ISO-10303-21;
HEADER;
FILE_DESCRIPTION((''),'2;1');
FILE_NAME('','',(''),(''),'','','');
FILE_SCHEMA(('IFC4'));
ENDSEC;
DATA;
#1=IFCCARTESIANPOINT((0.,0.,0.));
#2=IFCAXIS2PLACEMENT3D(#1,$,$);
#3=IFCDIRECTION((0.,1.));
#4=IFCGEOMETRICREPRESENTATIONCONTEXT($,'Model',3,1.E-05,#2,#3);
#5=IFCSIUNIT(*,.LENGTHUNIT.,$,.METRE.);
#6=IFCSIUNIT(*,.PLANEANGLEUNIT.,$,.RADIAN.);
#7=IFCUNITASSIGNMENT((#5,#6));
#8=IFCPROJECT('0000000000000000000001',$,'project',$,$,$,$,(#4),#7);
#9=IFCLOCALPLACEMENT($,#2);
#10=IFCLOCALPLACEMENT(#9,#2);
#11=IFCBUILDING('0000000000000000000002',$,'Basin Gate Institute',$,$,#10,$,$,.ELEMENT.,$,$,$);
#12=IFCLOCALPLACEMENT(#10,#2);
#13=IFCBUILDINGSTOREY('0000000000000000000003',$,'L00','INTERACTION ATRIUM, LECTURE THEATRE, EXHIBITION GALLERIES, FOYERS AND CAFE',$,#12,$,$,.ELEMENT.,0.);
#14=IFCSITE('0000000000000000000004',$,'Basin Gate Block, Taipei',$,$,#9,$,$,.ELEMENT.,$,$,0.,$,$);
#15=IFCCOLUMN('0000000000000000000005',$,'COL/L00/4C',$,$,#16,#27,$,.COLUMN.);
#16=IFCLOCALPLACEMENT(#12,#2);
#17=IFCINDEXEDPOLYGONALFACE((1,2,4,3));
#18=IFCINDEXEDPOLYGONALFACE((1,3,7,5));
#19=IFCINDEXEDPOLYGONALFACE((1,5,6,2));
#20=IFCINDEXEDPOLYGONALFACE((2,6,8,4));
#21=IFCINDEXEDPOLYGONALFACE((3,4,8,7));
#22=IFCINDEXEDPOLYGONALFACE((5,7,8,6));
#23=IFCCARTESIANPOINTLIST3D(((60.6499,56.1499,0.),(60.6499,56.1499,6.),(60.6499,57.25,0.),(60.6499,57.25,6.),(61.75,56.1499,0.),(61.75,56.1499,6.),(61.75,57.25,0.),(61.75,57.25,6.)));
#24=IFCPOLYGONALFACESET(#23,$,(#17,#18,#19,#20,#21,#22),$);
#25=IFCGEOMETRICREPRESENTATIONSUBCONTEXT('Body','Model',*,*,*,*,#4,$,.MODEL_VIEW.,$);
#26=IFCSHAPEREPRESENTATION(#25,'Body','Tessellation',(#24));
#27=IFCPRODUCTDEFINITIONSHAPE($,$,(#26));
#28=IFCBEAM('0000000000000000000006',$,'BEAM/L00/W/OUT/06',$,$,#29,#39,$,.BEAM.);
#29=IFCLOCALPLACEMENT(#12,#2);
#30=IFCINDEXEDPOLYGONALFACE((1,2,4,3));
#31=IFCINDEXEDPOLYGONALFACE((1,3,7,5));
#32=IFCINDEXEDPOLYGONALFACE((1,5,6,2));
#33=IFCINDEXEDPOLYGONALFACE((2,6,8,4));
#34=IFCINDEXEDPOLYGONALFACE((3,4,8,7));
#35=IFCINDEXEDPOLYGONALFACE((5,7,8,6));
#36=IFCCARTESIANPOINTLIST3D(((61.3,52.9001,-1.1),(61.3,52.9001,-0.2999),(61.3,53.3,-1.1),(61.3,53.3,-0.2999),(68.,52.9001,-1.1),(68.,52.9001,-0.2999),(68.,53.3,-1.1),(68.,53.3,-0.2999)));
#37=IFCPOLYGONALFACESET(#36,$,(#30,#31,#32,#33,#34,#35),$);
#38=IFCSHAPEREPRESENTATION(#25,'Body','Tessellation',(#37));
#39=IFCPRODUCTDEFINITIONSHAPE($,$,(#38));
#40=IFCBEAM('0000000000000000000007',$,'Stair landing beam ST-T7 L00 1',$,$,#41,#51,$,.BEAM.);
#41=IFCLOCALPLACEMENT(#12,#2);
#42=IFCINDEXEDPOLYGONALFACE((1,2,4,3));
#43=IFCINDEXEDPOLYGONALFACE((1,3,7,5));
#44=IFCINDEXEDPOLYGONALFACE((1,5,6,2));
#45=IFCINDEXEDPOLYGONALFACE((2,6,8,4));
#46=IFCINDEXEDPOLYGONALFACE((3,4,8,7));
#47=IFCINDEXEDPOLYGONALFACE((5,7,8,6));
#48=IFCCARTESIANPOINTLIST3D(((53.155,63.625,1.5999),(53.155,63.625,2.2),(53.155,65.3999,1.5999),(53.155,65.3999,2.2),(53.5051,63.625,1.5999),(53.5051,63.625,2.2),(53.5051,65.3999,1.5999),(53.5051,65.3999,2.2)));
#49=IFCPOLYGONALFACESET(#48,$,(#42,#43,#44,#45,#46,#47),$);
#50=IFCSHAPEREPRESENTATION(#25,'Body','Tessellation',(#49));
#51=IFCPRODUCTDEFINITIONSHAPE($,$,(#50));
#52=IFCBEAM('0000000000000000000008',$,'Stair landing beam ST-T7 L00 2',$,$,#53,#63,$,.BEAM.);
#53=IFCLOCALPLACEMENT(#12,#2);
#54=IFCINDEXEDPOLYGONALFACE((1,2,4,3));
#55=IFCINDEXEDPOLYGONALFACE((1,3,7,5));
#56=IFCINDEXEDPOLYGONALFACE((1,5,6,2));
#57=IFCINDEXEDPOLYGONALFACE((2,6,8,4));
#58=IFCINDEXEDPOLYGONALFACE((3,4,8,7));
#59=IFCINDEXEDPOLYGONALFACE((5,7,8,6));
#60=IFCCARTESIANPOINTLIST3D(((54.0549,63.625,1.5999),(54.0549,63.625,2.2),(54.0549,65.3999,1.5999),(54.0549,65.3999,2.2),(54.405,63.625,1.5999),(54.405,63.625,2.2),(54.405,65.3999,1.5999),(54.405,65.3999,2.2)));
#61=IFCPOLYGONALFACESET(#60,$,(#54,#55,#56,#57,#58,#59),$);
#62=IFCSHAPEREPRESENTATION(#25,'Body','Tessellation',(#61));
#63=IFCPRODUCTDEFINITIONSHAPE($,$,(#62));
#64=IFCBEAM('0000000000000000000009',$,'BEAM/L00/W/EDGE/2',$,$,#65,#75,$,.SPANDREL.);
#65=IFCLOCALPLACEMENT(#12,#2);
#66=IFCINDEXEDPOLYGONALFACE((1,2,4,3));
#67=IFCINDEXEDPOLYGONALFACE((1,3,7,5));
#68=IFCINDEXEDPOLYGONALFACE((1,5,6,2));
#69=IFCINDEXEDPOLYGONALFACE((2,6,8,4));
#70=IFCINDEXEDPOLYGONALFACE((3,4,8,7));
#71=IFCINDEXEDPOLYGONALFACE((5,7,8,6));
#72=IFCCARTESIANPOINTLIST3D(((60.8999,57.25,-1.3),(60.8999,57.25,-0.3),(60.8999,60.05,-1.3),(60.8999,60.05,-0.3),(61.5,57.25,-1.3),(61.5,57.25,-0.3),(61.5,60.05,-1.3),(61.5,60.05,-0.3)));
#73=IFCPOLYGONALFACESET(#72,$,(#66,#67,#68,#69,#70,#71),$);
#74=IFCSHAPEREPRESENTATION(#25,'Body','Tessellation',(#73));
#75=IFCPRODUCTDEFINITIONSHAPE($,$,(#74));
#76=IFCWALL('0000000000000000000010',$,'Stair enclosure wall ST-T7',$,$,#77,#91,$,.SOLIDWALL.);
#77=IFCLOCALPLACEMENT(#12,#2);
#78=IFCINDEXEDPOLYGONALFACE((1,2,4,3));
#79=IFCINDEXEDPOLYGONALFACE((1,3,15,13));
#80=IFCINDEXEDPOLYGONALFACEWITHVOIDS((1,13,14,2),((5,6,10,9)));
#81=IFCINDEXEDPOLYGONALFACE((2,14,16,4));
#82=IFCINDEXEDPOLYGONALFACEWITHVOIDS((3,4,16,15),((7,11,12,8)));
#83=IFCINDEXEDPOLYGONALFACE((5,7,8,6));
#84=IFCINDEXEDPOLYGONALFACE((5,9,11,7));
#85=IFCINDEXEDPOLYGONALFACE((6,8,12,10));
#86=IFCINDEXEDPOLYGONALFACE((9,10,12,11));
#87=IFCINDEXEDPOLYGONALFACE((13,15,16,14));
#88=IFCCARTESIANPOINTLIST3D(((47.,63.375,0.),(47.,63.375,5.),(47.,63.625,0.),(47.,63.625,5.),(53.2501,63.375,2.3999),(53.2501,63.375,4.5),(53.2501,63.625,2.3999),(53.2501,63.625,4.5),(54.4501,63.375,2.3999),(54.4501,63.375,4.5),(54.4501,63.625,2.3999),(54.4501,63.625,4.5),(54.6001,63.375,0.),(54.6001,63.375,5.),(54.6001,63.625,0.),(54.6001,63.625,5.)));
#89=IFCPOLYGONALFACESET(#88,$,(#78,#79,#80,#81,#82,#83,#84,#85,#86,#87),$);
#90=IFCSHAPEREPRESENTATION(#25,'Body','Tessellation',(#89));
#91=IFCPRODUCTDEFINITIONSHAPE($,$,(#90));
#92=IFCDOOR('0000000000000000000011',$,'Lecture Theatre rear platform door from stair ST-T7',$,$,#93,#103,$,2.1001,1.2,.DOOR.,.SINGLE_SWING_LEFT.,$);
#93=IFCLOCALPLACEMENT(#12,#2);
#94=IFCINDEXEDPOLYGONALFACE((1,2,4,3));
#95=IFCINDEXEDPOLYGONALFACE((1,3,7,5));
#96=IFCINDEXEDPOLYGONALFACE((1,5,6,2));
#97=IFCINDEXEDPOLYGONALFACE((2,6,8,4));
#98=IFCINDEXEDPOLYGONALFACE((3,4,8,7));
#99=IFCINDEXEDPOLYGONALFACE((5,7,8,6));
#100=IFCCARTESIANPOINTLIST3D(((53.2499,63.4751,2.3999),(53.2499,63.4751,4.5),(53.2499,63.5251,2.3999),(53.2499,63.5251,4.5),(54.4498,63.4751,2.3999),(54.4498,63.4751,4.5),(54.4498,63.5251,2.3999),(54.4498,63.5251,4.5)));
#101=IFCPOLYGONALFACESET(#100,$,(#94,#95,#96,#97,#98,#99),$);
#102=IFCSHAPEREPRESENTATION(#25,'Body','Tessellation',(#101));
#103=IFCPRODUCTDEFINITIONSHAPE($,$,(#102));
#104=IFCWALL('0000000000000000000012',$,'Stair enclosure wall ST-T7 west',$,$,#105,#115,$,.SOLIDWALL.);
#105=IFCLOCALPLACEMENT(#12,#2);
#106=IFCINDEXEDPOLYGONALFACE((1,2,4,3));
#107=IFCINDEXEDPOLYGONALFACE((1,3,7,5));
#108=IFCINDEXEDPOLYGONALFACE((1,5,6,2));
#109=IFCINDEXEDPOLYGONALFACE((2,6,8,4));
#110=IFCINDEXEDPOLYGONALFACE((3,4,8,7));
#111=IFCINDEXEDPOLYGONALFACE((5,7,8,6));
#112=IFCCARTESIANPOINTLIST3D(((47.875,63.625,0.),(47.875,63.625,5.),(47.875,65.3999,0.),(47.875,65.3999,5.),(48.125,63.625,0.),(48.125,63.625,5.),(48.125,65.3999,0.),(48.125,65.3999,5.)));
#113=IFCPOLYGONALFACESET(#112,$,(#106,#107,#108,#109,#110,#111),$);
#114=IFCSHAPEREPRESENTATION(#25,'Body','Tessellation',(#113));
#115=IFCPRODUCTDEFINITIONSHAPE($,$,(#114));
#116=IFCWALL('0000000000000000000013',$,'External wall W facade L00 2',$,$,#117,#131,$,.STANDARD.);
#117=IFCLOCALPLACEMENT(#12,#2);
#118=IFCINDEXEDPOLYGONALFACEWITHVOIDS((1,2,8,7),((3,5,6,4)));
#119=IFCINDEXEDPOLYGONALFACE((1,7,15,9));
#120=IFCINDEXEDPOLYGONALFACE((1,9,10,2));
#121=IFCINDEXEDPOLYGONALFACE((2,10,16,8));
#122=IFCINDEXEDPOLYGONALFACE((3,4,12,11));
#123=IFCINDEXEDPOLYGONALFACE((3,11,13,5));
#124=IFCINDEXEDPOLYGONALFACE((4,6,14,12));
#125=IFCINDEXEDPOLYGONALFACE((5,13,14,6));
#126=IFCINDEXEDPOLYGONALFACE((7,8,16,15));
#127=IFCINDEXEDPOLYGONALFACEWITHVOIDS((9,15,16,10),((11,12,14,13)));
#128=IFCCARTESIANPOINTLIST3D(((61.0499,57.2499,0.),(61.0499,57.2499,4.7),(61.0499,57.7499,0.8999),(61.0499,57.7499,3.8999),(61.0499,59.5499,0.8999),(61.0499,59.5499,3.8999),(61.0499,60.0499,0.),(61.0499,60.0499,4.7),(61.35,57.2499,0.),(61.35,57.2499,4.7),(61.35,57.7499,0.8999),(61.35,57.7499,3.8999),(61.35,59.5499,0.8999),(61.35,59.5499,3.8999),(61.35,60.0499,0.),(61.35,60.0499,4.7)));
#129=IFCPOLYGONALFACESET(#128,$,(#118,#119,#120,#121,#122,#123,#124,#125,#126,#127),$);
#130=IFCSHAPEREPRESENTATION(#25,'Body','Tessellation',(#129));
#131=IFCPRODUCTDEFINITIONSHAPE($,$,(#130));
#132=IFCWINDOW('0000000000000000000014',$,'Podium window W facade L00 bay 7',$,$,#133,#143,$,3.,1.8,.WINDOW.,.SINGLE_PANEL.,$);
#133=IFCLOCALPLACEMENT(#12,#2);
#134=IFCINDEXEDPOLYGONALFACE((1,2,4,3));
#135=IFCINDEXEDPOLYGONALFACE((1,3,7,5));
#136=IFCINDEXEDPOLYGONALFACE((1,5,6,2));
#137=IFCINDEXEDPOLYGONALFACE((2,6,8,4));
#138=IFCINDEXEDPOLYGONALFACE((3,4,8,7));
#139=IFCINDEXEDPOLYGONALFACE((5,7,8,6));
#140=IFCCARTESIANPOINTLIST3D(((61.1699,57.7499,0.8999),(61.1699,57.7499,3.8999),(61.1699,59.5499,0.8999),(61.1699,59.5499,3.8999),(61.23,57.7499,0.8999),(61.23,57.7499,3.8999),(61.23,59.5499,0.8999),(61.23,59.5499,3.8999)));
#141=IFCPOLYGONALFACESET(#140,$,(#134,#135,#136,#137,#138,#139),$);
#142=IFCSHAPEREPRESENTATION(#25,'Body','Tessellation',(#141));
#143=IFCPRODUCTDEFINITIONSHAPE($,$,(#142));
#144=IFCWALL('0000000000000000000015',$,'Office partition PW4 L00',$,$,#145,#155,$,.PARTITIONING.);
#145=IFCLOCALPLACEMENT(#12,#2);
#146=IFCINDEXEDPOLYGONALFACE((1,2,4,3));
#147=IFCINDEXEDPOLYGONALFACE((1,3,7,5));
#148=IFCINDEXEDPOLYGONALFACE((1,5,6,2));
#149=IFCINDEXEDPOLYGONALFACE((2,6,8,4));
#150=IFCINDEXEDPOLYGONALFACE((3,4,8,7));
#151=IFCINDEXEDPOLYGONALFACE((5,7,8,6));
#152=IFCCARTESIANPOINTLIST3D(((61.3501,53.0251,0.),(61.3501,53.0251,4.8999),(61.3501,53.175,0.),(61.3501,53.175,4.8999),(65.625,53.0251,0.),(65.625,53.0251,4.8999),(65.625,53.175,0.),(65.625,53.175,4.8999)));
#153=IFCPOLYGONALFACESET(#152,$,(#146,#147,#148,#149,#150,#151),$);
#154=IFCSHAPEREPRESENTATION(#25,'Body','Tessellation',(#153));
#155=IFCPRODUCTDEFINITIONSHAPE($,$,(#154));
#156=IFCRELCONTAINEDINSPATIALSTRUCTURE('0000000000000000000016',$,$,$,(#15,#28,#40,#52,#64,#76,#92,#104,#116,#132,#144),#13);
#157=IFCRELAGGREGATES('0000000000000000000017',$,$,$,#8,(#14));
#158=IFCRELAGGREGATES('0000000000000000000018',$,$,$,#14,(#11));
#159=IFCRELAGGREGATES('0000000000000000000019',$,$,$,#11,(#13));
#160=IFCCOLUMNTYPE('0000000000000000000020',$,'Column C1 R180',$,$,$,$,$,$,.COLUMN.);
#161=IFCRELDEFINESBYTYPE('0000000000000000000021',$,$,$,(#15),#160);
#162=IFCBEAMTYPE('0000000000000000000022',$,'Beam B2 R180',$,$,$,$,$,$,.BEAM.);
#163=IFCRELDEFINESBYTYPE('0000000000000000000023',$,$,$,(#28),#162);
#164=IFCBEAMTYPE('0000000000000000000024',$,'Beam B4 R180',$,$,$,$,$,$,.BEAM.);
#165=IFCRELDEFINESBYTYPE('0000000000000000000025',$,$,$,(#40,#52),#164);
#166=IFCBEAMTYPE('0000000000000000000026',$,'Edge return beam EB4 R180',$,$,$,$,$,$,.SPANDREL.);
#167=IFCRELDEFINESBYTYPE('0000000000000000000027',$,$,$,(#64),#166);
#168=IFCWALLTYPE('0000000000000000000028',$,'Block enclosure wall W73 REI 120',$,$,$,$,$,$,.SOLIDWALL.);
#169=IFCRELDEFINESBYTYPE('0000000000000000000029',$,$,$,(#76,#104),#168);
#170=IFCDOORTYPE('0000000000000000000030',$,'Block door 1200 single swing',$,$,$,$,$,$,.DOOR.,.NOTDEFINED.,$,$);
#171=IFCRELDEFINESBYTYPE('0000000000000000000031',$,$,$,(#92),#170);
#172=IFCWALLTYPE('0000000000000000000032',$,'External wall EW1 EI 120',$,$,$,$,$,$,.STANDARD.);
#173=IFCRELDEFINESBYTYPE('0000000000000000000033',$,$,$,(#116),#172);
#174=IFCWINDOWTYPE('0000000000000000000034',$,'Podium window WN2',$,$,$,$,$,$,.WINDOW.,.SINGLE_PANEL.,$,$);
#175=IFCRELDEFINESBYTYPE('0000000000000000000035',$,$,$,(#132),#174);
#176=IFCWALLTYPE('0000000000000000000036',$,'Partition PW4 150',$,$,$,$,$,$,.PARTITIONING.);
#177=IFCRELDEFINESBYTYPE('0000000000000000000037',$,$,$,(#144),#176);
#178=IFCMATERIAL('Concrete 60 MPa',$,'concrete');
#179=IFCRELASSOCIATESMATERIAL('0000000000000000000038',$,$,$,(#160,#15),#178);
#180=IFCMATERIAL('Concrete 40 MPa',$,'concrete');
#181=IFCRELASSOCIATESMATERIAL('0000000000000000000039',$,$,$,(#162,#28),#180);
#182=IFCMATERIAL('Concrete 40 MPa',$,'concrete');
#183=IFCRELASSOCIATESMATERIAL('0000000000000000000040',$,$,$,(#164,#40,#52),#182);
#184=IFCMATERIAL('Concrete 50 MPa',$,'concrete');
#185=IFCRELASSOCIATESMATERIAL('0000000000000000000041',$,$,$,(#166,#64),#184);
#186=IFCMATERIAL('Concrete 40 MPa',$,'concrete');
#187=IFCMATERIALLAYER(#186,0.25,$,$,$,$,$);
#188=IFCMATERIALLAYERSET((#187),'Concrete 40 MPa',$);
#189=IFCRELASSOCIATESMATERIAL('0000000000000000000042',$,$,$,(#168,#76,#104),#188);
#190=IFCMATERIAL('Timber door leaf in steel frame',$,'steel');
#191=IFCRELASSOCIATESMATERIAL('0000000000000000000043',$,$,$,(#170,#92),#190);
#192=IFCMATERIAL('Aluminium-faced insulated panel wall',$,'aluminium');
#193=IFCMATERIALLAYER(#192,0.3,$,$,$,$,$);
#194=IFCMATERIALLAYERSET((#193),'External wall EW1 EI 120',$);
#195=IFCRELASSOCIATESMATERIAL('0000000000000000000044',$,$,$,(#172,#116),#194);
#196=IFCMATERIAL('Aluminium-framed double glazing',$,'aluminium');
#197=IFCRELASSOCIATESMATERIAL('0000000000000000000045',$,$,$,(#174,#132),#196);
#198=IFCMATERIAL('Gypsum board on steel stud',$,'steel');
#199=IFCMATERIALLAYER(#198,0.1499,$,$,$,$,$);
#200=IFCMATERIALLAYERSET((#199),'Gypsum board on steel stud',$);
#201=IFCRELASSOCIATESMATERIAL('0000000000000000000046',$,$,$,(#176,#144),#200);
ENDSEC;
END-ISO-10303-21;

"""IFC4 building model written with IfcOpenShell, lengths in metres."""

from ifc_helpers import new_model, si_unit, direction, frame, frame_2d, origin, origin_2d, place, context, subcontext, project, spatial, rectangle, extrude, material, layer, layer_set, material_profile, profile_set, type_object, element, fill, save


model = new_model("IFC4")

# Units and contexts
model_context = context("Model", 3, precision=1e-05, world=origin(), true_north=direction((0.0, 1.0)))
body_context = subcontext(model_context, "Body", "Model", "MODEL_VIEW")
ifc_project = project(units=[si_unit("LENGTHUNIT", "METRE"), si_unit("PLANEANGLEUNIT", "RADIAN")], contexts=[model_context])

# Site, building, storey
site_placement = place(None, origin())
site = spatial("IfcSite", under=ifc_project, at=site_placement, Name="Basin Gate Block, Taipei", CompositionType="ELEMENT", RefElevation=0.0)
building_placement = place(site_placement, origin())
building = spatial("IfcBuilding", under=site, at=building_placement, Name="Basin Gate Institute", CompositionType="ELEMENT")
storey_placement = place(building_placement, origin())
storey = spatial("IfcBuildingStorey", under=building, at=storey_placement, Name="L00", Description="INTERACTION ATRIUM, LECTURE THEATRE, EXHIBITION GALLERIES, FOYERS AND CAFE", CompositionType="ELEMENT", Elevation=0.0)

# Column
ifc_material_1 = material(Name="Concrete 60 MPa", Category="concrete")
ifc_material_profile_1 = material_profile(ifc_material_1, rectangle(XDim=1.1001, YDim=1.1001, at=origin_2d()), Name="Column C1 1100 x 1100")
ifc_profile_set_1 = profile_set([ifc_material_profile_1], Name="Concrete 60 MPa")
column_type = type_object("IfcColumnType", Name="Column C1 R180", PredefinedType="COLUMN", material=ifc_profile_set_1)
column_placement = place(storey_placement, frame((61.2, 56.7, 0.0), z_axis=(0.0, 0.0, 1.0), x_axis=(1.0, 0.0, 0.0)))
element("IfcColumn", 1, at=column_placement, inside=storey, type_object=column_type, material=ifc_profile_set_1, Name="COL/L00/4C", PredefinedType="COLUMN", context=body_context, shape_type="SweptSolid", body=[
    extrude(rectangle(XDim=1.1001, YDim=1.1001, at=origin_2d()), origin(), (0.0, 0.0, 1.0), 6.0),
])

# Beams
ifc_material_2 = material(Name="Concrete 40 MPa", Category="concrete")
ifc_material_profile_2 = material_profile(ifc_material_2, rectangle(XDim=0.3999, YDim=0.8, at=origin_2d()), Name="Beam B2 400 x 800")
ifc_profile_set_2 = profile_set([ifc_material_profile_2], Name="Concrete 40 MPa")
beam_type_1 = type_object("IfcBeamType", Name="Beam B2 R180", PredefinedType="BEAM", material=ifc_profile_set_2)
beam_1_placement = place(storey_placement, frame((61.3, 53.1001, -0.7), z_axis=(1.0, 0.0, 0.0), x_axis=(0.0, 1.0, 0.0)))
element("IfcBeam", 2, at=beam_1_placement, inside=storey, type_object=beam_type_1, material=ifc_profile_set_2, Name="BEAM/L00/W/OUT/06", PredefinedType="BEAM", context=body_context, shape_type="SweptSolid", body=[
    extrude(rectangle(XDim=0.3999, YDim=0.8, at=origin_2d()), origin(), (0.0, 0.0, 1.0), 6.7),
])
ifc_material_3 = material(Name="Concrete 40 MPa", Category="concrete")
ifc_material_profile_3 = material_profile(ifc_material_3, rectangle(XDim=0.3501, YDim=0.6001, at=origin_2d()), Name="Beam B4 350 x 600")
ifc_profile_set_3 = profile_set([ifc_material_profile_3], Name="Concrete 40 MPa")
beam_type_2 = type_object("IfcBeamType", Name="Beam B4 R180", PredefinedType="BEAM", material=ifc_profile_set_3)
for number, where, z_axis, x_axis, name in (
    (3, (53.3301, 63.625, 1.8999), (0.0, 1.0, 0.0), (-1.0, 0.0, 0.0), "Stair landing beam ST-T7 L00 1"),
    (4, (54.23, 63.625, 1.8999), (0.0, 1.0, 0.0), (-1.0, 0.0, 0.0), "Stair landing beam ST-T7 L00 2"),
):
    element("IfcBeam", number, at=place(storey_placement, frame(where, z_axis=z_axis, x_axis=x_axis)), inside=storey, type_object=beam_type_2, material=ifc_profile_set_3, Name=name, PredefinedType="BEAM", context=body_context, shape_type="SweptSolid", body=[
        extrude(rectangle(XDim=0.3501, YDim=0.6001, at=origin_2d()), origin(), (0.0, 0.0, 1.0), 1.7749),
    ])
ifc_material_4 = material(Name="Concrete 50 MPa", Category="concrete")
ifc_material_profile_4 = material_profile(ifc_material_4, rectangle(XDim=0.6001, YDim=1.0, at=origin_2d()), Name="Edge return beam EB4 600 x 1000")
ifc_profile_set_4 = profile_set([ifc_material_profile_4], Name="Concrete 50 MPa")
beam_type_3 = type_object("IfcBeamType", Name="Edge return beam EB4 R180", PredefinedType="SPANDREL", material=ifc_profile_set_4)
beam_2_placement = place(storey_placement, frame((61.2, 57.25, -0.8), z_axis=(0.0, 1.0, 0.0), x_axis=(-1.0, 0.0, 0.0)))
element("IfcBeam", 5, at=beam_2_placement, inside=storey, type_object=beam_type_3, material=ifc_profile_set_4, Name="BEAM/L00/W/EDGE/2", PredefinedType="SPANDREL", context=body_context, shape_type="SweptSolid", body=[
    extrude(rectangle(XDim=0.6001, YDim=1.0, at=origin_2d()), origin(), (0.0, 0.0, 1.0), 2.8),
])

# Wall, opening, door
ifc_material_5 = material(Name="Concrete 40 MPa", Category="concrete")
ifc_layer_1 = layer(ifc_material_5, 0.25)
ifc_layer_set_1 = layer_set([ifc_layer_1], Name="Concrete 40 MPa")
wall_type_1 = type_object("IfcWallType", Name="Block enclosure wall W73 REI 120", PredefinedType="SOLIDWALL", material=ifc_layer_set_1)
wall_1_placement = place(storey_placement, frame((47.0, 63.5, 0.0), z_axis=(0.0, 0.0, 1.0), x_axis=(1.0, 0.0, 0.0)))
wall_1 = element("IfcWall", 6, at=wall_1_placement, inside=storey, type_object=wall_type_1, material=ifc_layer_set_1, Name="Stair enclosure wall ST-T7", PredefinedType="SOLIDWALL", context=body_context, shape_type="SweptSolid", body=[
    extrude(rectangle(XDim=7.6001, YDim=0.25, at=frame_2d((3.8, 0.0))), origin(), (0.0, 0.0, 1.0), 5.0),
])
opening_1_placement = place(wall_1_placement, frame((6.25, 0.0, 2.3999)))
opening_1 = element("IfcOpeningElement", 7, at=opening_1_placement, cuts=wall_1, PredefinedType="OPENING", context=body_context, shape_type="SweptSolid", body=[
    extrude(rectangle(XDim=1.2, YDim=2.1001, at=frame_2d((0.6001, 1.05))), frame((0.0, 0.135, 0.0), z_axis=(0.0, -1.0, 0.0), x_axis=(1.0, 0.0, 0.0)), (0.0, 0.0, 1.0), 0.27),
])
ifc_material_6 = material(Name="Timber door leaf in steel frame", Category="steel")
door_type_1 = type_object("IfcDoorType", Name="Block door 1200 single swing", OperationType="NOTDEFINED", PredefinedType="DOOR", material=ifc_material_6)
door_1_placement = place(opening_1_placement, frame((1.2, 0.0, 0.0), z_axis=(0.0, 0.0, 1.0), x_axis=(-1.0, 0.0, 0.0)))
door_1 = element("IfcDoor", 8, at=door_1_placement, inside=storey, type_object=door_type_1, material=ifc_material_6, Name="Lecture Theatre rear platform door from stair ST-T7", OperationType="SINGLE_SWING_LEFT", OverallHeight=2.1001, OverallWidth=1.2, PredefinedType="DOOR", context=body_context, shape_type="SweptSolid", body=[
    extrude(rectangle(XDim=1.2, YDim=2.1001, at=frame_2d((0.6001, 1.05))), frame((0.0, 0.0249, 0.0), z_axis=(0.0, -1.0, 0.0), x_axis=(1.0, 0.0, 0.0)), (0.0, 0.0, 1.0), 0.05),
])
fill(opening_1, door_1)

# Wall
wall_2_placement = place(storey_placement, frame((48.0, 63.625, 0.0), z_axis=(0.0, 0.0, 1.0), x_axis=(0.0, 1.0, 0.0)))
element("IfcWall", 9, at=wall_2_placement, inside=storey, type_object=wall_type_1, material=ifc_layer_set_1, Name="Stair enclosure wall ST-T7 west", PredefinedType="SOLIDWALL", context=body_context, shape_type="SweptSolid", body=[
    extrude(rectangle(XDim=1.7749, YDim=0.25, at=frame_2d((0.8875, 0.0))), origin(), (0.0, 0.0, 1.0), 5.0),
])

# Wall, opening, window
ifc_material_7 = material(Name="Aluminium-faced insulated panel wall", Category="aluminium")
ifc_layer_2 = layer(ifc_material_7, 0.3)
ifc_layer_set_2 = layer_set([ifc_layer_2], Name="External wall EW1 EI 120")
wall_type_2 = type_object("IfcWallType", Name="External wall EW1 EI 120", PredefinedType="STANDARD", material=ifc_layer_set_2)
wall_3_placement = place(storey_placement, frame((61.2, 57.25, 0.0), z_axis=(0.0, 0.0, 1.0), x_axis=(0.0, 1.0, 0.0)))
wall_3 = element("IfcWall", 10, at=wall_3_placement, inside=storey, type_object=wall_type_2, material=ifc_layer_set_2, Name="External wall W facade L00 2", PredefinedType="STANDARD", context=body_context, shape_type="SweptSolid", body=[
    extrude(rectangle(XDim=2.8, YDim=0.3, at=frame_2d((1.3999, 0.0))), origin(), (0.0, 0.0, 1.0), 4.7),
])
opening_2_placement = place(wall_3_placement, frame((0.5, 0.0, 0.8999)))
opening_2 = element("IfcOpeningElement", 11, at=opening_2_placement, cuts=wall_3, PredefinedType="OPENING", context=body_context, shape_type="SweptSolid", body=[
    extrude(rectangle(XDim=1.8, YDim=3.0, at=frame_2d((0.8999, 1.5))), frame((0.0, 0.1602, 0.0), z_axis=(0.0, -1.0, 0.0), x_axis=(1.0, 0.0, 0.0)), (0.0, 0.0, 1.0), 0.3201),
])
ifc_material_8 = material(Name="Aluminium-framed double glazing", Category="aluminium")
window_type_1 = type_object("IfcWindowType", Name="Podium window WN2", PartitioningType="SINGLE_PANEL", PredefinedType="WINDOW", material=ifc_material_8)
window_1_placement = place(opening_2_placement, origin())
window_1 = element("IfcWindow", 12, at=window_1_placement, inside=storey, type_object=window_type_1, material=ifc_material_8, Name="Podium window W facade L00 bay 7", OverallHeight=3.0, OverallWidth=1.8, PartitioningType="SINGLE_PANEL", PredefinedType="WINDOW", context=body_context, shape_type="SweptSolid", body=[
    extrude(rectangle(XDim=1.8, YDim=3.0, at=frame_2d((0.8999, 1.5))), frame((0.0, 0.03, 0.0), z_axis=(0.0, -1.0, 0.0), x_axis=(1.0, 0.0, 0.0)), (0.0, 0.0, 1.0), 0.0601),
])
fill(opening_2, window_1)

# Wall
ifc_material_9 = material(Name="Gypsum board on steel stud", Category="steel")
ifc_layer_3 = layer(ifc_material_9, 0.1499)
ifc_layer_set_3 = layer_set([ifc_layer_3], Name="Gypsum board on steel stud")
wall_type_3 = type_object("IfcWallType", Name="Partition PW4 150", PredefinedType="PARTITIONING", material=ifc_layer_set_3)
wall_4_placement = place(storey_placement, frame((61.3501, 53.1001, 0.0), z_axis=(0.0, 0.0, 1.0), x_axis=(1.0, 0.0, 0.0)))
element("IfcWall", 13, at=wall_4_placement, inside=storey, type_object=wall_type_3, material=ifc_layer_set_3, Name="Office partition PW4 L00", PredefinedType="PARTITIONING", context=body_context, shape_type="SweptSolid", body=[
    extrude(rectangle(XDim=4.2749, YDim=0.1499, at=frame_2d((2.1375, 0.0))), origin(), (0.0, 0.0, 1.0), 4.8999),
])

save(model, "model.ifc")
